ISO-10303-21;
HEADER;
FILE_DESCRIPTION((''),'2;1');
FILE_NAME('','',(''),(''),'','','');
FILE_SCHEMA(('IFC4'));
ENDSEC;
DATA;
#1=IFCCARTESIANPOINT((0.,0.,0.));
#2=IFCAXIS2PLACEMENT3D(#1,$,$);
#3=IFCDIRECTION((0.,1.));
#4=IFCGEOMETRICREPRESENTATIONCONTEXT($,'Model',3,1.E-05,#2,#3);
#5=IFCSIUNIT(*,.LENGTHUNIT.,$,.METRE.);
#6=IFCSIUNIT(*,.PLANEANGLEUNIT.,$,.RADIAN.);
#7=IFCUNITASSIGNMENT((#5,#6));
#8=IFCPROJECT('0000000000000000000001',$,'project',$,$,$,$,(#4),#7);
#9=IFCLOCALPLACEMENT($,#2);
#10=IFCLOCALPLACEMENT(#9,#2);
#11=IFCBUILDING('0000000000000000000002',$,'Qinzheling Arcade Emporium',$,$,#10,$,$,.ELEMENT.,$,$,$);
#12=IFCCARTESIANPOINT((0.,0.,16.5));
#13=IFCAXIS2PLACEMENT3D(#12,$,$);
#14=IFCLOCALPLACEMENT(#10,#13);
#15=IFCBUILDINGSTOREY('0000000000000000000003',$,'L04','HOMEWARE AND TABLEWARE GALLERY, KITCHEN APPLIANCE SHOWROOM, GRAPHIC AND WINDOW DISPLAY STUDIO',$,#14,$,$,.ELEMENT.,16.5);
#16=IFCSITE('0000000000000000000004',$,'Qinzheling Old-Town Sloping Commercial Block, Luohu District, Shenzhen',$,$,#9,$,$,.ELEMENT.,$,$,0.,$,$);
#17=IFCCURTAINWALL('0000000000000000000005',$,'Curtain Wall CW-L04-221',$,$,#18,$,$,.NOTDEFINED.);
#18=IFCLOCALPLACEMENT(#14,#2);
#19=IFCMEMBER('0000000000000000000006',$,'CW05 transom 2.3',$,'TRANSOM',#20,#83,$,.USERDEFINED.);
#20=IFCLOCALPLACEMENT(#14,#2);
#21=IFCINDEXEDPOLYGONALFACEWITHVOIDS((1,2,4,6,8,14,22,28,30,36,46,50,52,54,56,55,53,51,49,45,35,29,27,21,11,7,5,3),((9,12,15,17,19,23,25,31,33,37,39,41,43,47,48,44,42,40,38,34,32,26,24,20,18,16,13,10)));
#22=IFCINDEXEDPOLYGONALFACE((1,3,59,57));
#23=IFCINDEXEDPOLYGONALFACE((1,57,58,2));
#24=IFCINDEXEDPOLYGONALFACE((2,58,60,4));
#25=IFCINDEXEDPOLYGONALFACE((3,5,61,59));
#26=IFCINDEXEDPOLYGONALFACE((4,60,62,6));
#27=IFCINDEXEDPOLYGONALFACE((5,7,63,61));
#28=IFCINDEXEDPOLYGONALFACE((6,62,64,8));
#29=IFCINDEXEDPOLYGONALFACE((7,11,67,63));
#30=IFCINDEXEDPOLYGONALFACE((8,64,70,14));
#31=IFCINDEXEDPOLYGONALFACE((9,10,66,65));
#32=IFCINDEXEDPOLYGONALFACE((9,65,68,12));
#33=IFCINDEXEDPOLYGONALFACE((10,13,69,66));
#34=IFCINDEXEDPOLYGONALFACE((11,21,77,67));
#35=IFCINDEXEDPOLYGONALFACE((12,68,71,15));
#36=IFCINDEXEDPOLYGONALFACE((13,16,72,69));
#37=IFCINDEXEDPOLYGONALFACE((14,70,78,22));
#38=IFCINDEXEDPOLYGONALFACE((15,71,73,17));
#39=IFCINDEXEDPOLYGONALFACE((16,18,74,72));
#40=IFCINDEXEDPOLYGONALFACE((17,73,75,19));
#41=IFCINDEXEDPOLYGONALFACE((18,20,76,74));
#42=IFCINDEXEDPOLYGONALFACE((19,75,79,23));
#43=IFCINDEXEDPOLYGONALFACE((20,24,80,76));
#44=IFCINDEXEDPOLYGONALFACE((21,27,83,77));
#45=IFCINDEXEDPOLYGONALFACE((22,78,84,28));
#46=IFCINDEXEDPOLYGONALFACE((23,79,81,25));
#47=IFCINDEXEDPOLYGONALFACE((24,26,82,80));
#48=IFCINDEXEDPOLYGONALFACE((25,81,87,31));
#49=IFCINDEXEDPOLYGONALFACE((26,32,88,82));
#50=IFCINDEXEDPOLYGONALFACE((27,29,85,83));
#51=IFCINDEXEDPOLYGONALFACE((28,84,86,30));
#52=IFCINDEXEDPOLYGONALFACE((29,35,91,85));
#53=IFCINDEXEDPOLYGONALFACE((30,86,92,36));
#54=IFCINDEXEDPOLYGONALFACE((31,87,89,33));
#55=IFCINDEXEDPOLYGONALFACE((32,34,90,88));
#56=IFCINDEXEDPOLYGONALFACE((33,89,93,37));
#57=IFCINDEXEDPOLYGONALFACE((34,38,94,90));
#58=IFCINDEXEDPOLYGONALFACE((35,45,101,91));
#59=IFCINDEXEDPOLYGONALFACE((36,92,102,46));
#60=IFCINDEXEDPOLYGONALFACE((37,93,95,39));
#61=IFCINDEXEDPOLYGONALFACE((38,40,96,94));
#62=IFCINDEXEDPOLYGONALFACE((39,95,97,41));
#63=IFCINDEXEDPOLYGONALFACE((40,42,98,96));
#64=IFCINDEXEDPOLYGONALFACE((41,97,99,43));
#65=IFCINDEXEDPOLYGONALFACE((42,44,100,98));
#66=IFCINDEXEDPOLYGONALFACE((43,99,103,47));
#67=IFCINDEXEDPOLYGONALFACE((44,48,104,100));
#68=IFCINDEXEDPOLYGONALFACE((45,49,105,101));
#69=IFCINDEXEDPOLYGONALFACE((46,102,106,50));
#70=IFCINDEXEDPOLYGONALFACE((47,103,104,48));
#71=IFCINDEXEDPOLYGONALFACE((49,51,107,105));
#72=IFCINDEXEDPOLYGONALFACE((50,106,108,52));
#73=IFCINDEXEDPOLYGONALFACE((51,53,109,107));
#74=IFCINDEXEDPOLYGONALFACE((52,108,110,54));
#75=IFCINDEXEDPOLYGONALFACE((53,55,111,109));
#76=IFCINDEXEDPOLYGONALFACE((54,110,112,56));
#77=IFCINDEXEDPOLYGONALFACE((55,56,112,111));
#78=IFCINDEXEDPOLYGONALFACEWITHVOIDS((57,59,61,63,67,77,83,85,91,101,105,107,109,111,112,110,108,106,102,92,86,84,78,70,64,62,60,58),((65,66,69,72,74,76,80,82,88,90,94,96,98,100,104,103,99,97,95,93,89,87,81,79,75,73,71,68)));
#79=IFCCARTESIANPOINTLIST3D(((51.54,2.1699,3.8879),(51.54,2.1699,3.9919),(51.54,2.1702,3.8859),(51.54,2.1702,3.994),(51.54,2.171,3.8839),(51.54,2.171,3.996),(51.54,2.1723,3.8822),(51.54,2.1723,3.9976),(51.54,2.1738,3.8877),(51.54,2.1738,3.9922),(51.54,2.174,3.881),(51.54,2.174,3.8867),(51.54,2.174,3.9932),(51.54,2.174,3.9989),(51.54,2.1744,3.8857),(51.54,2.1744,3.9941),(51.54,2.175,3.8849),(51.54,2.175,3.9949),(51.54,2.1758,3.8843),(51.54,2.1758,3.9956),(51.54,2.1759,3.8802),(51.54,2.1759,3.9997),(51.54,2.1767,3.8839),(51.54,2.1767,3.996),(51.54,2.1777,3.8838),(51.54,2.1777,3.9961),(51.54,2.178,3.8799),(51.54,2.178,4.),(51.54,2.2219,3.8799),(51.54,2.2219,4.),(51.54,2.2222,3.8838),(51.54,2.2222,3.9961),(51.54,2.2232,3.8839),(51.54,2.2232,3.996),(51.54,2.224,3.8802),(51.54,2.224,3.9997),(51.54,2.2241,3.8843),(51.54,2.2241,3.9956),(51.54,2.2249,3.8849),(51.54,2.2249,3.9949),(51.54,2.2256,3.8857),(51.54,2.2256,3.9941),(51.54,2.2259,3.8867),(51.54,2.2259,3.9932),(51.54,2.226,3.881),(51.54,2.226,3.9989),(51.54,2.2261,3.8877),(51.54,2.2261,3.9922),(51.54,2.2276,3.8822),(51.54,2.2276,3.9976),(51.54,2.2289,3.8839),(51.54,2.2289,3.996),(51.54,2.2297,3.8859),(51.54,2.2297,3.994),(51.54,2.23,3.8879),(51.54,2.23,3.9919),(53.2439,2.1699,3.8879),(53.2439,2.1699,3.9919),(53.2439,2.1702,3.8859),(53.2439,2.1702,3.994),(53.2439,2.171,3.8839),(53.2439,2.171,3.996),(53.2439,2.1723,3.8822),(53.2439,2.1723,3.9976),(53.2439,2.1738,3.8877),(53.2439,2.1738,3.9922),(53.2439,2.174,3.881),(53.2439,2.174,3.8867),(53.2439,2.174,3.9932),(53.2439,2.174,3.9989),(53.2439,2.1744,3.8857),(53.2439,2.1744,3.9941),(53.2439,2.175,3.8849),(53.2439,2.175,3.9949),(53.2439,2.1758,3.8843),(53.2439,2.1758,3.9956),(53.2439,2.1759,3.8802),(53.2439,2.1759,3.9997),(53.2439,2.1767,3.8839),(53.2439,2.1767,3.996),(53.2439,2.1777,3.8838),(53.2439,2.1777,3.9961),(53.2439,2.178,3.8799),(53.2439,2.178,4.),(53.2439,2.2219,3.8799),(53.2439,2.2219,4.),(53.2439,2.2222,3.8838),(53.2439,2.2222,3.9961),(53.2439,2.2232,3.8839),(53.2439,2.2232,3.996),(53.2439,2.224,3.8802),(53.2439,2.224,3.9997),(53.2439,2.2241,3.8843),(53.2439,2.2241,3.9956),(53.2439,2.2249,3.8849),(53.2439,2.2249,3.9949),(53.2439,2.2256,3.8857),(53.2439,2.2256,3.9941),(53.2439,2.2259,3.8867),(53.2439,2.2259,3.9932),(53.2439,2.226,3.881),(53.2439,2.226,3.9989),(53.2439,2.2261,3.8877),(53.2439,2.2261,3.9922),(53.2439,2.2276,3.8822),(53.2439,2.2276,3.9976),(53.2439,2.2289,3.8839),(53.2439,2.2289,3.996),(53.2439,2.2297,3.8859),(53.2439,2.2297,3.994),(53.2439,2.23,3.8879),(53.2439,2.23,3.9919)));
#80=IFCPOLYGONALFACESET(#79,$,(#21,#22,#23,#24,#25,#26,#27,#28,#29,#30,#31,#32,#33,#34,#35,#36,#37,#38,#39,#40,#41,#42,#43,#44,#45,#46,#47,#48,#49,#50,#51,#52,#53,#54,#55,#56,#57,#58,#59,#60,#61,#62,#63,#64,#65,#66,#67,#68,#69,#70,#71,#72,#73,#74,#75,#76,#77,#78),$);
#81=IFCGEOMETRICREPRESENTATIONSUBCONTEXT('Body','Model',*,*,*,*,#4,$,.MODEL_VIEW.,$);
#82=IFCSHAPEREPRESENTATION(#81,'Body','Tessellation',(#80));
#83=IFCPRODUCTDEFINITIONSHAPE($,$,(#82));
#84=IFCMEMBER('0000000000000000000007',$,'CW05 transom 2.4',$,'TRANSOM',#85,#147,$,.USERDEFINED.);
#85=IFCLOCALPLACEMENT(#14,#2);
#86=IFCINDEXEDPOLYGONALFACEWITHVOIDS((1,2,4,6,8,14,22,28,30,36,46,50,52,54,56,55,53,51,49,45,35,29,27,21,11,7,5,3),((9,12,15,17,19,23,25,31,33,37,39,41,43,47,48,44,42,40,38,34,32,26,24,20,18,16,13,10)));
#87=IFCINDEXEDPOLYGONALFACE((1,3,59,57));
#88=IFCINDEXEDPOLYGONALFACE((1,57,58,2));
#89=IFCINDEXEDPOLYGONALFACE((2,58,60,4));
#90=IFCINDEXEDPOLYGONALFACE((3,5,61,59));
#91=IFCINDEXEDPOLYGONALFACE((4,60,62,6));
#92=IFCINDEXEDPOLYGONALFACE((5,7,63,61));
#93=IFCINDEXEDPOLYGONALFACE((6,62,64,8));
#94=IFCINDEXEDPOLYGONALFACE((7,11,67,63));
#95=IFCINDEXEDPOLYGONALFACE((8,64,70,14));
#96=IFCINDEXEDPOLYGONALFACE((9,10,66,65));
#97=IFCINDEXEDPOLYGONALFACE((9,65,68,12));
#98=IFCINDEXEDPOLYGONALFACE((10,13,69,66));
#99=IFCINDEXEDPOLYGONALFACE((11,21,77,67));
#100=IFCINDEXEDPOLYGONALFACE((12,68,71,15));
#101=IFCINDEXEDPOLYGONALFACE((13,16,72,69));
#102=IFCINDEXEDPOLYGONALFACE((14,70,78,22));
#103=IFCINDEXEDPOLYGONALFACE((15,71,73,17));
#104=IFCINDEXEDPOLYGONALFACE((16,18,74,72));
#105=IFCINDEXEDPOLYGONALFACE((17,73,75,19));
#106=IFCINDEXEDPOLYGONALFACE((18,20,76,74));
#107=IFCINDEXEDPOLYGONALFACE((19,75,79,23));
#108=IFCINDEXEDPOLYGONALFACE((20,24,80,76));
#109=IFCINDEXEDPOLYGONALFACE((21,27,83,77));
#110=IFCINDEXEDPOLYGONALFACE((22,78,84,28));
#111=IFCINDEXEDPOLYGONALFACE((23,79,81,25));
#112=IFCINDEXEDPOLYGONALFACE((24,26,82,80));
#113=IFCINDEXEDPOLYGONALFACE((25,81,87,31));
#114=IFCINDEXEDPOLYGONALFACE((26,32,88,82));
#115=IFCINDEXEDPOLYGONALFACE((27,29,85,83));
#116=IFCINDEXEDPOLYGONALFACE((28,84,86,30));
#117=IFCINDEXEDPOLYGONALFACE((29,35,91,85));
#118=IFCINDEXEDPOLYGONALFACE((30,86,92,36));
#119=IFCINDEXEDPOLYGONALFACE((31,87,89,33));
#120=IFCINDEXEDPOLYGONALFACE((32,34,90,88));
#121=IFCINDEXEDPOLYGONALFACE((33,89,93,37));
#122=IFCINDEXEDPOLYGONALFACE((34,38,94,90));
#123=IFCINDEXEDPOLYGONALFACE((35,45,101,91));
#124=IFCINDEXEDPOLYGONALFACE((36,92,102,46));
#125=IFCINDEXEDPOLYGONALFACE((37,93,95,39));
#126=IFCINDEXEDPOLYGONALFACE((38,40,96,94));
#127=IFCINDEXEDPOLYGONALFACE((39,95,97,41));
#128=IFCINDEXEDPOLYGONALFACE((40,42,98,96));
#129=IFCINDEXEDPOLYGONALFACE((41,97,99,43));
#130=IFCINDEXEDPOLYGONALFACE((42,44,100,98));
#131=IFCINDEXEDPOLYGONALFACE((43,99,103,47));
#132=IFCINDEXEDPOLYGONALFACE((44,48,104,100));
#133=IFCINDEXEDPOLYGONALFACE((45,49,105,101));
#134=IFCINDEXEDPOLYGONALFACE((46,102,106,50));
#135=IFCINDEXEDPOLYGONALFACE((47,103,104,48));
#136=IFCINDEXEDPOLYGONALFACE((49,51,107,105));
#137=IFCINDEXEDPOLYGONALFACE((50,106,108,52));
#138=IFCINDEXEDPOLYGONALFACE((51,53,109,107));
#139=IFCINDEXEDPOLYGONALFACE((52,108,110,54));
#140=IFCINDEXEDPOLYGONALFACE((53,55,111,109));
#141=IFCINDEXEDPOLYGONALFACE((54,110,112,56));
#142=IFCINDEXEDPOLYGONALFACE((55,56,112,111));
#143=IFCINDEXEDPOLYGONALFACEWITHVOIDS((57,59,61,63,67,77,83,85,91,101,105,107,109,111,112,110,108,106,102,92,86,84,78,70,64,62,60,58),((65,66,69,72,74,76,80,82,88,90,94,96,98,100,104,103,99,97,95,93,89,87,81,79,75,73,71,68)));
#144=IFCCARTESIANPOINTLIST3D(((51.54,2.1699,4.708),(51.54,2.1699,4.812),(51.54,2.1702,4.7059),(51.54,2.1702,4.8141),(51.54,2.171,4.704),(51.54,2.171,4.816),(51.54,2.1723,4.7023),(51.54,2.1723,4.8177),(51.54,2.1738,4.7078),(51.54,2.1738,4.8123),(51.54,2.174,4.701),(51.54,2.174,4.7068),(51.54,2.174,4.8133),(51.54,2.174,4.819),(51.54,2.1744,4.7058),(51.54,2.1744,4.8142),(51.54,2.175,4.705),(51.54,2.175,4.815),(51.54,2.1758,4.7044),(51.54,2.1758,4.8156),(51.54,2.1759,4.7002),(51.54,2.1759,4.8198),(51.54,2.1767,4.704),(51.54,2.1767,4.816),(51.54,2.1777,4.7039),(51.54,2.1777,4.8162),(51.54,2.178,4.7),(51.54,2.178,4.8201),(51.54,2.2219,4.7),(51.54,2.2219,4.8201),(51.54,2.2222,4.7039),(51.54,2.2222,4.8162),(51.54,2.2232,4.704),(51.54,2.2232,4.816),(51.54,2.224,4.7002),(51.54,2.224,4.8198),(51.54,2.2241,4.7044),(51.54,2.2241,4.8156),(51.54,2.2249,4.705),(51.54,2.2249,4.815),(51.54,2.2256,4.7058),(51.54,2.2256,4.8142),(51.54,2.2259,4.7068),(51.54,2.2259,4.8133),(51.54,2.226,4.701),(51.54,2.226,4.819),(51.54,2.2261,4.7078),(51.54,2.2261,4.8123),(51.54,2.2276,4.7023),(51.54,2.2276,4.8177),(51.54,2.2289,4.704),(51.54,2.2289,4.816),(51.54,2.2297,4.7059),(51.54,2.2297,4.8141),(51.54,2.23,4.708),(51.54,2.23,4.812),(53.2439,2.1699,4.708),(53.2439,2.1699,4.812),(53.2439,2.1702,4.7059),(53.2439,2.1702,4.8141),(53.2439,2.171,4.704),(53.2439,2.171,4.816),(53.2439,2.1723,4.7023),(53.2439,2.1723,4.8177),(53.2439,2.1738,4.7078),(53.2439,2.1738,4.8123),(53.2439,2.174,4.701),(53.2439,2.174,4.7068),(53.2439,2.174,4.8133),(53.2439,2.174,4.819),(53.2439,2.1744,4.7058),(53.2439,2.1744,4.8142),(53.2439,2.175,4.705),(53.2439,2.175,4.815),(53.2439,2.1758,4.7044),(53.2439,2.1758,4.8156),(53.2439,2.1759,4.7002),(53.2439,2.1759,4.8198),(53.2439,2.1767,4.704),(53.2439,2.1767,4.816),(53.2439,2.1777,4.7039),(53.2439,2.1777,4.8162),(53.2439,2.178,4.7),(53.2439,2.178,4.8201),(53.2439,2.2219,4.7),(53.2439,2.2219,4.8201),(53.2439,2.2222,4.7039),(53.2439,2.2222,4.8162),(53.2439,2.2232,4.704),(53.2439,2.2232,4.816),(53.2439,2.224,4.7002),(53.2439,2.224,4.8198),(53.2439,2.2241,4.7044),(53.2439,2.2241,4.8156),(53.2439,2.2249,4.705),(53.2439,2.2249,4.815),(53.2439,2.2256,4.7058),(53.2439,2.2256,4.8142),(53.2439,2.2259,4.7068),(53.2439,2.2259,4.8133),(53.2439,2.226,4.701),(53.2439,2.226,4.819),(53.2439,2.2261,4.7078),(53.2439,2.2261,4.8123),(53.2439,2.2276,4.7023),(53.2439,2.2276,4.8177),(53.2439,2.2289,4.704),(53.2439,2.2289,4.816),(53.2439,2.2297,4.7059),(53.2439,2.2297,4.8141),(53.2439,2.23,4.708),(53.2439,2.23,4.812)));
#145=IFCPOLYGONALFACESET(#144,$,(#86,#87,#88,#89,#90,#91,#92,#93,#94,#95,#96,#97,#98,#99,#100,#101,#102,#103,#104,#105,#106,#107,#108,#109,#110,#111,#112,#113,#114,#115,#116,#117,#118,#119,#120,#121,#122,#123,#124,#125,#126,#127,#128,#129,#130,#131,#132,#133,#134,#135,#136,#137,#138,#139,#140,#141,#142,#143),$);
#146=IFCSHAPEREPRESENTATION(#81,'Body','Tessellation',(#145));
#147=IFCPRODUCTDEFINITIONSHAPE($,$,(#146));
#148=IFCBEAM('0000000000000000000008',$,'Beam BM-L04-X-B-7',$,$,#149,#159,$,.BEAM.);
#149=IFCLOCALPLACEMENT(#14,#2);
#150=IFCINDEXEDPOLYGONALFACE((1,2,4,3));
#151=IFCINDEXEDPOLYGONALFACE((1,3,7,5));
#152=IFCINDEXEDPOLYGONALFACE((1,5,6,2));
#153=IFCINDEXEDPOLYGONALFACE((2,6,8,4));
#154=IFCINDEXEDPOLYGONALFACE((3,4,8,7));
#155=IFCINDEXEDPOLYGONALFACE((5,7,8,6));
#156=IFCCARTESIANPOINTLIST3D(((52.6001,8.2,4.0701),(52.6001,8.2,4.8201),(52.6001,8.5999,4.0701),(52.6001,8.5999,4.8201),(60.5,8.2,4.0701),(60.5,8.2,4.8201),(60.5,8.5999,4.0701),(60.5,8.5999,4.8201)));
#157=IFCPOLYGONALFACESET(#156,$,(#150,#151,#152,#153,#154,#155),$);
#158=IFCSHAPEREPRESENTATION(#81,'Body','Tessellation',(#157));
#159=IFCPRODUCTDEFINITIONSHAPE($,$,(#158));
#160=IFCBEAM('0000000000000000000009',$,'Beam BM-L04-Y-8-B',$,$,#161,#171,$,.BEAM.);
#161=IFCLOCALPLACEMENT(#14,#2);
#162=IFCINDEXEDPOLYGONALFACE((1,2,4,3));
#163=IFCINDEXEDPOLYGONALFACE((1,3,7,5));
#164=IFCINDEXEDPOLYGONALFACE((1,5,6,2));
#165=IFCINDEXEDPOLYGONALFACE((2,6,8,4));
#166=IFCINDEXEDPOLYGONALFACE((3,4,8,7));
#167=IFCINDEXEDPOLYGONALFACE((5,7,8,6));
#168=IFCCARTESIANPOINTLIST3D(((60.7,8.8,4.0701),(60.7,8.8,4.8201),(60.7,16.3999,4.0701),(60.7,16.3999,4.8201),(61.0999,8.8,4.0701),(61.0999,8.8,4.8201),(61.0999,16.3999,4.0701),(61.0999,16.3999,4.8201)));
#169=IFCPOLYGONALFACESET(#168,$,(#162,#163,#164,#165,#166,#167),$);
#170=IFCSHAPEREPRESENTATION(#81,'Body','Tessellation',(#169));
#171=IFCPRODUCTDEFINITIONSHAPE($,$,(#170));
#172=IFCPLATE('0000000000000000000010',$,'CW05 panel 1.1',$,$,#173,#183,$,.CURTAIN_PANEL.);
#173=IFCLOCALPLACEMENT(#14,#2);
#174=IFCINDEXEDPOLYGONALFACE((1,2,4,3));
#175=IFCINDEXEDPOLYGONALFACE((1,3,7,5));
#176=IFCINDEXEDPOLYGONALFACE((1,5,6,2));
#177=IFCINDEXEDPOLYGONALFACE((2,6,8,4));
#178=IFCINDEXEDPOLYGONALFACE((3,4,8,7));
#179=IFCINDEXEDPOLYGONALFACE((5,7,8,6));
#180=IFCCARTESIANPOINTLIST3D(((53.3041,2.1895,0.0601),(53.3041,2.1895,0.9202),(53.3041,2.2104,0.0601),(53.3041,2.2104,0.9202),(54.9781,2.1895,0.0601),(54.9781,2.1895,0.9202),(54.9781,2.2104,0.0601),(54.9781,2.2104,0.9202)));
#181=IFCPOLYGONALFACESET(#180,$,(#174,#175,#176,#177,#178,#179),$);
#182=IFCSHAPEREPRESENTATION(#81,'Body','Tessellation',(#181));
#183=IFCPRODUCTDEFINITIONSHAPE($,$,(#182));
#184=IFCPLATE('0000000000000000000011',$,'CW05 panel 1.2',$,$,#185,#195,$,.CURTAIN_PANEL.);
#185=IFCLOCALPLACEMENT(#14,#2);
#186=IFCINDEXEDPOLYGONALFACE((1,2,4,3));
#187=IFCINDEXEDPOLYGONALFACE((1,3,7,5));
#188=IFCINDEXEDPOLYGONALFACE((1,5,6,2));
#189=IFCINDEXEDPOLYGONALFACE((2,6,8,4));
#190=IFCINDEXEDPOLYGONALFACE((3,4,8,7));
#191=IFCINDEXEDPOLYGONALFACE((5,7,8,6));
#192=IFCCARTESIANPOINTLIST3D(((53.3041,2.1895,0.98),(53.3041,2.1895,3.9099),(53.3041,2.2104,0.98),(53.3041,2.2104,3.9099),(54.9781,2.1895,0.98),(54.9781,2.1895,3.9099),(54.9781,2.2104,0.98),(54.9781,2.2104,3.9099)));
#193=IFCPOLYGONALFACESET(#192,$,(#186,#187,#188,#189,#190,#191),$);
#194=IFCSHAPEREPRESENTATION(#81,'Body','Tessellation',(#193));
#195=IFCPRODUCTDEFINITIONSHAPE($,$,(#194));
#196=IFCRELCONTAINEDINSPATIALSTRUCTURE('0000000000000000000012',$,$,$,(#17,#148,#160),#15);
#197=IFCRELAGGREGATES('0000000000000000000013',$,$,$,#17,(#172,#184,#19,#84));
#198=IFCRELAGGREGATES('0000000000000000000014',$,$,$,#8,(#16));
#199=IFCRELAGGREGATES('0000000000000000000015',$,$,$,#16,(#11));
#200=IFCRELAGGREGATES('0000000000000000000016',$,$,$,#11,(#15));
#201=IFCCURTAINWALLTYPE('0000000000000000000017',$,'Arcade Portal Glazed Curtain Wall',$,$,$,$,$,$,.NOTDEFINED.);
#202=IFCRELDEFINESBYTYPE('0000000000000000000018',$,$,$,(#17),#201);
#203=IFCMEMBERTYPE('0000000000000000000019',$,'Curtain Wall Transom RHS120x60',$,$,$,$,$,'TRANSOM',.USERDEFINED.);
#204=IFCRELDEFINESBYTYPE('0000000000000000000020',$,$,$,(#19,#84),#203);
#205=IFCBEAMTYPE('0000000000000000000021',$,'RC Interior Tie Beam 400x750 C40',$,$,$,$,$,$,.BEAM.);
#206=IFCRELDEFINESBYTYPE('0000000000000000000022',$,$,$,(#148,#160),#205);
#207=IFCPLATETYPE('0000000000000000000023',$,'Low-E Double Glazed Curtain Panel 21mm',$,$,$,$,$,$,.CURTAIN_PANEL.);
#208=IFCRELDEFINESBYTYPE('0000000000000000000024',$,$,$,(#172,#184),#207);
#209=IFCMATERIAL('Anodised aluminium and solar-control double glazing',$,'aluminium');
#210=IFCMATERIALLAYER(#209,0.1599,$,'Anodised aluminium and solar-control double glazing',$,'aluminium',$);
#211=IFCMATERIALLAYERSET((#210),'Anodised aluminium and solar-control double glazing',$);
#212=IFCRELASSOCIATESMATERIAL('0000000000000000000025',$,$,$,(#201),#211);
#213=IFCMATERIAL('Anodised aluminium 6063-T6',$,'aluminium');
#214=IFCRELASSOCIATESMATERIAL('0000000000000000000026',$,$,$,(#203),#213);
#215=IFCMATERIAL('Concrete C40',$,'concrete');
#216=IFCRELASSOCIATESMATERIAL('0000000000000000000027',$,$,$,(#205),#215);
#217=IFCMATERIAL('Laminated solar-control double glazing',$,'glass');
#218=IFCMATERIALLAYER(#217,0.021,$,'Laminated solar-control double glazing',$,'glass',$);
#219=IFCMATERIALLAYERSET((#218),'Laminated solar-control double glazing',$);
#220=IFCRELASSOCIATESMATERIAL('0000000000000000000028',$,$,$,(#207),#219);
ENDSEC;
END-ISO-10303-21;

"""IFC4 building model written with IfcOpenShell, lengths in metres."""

from ifc_helpers import new_model, si_unit, direction, frame, origin, origin_2d, place, context, subcontext, project, spatial, rectangle, hollow_rectangle, extrude, material, layer, layer_set, material_profile, profile_set, type_object, element, aggregate, save


model = new_model("IFC4")

# Units and contexts
model_context = context("Model", 3, precision=1e-05, world=origin(), true_north=direction((0.0, 1.0)))
body_context = subcontext(model_context, "Body", "Model", "MODEL_VIEW")
ifc_project = project(units=[si_unit("LENGTHUNIT", "METRE"), si_unit("PLANEANGLEUNIT", "RADIAN")], contexts=[model_context])

# Site, building, storey
site_placement = place(None, origin())
site = spatial("IfcSite", under=ifc_project, at=site_placement, Name="Qinzheling Old-Town Sloping Commercial Block, Luohu District, Shenzhen", CompositionType="ELEMENT", RefElevation=0.0)
building_placement = place(site_placement, origin())
building = spatial("IfcBuilding", under=site, at=building_placement, Name="Qinzheling Arcade Emporium", CompositionType="ELEMENT")
storey_placement = place(building_placement, frame((0.0, 0.0, 16.5)))
storey = spatial("IfcBuildingStorey", under=building, at=storey_placement, Name="L04", Description="HOMEWARE AND TABLEWARE GALLERY, KITCHEN APPLIANCE SHOWROOM, GRAPHIC AND WINDOW DISPLAY STUDIO", CompositionType="ELEMENT", Elevation=16.5)

# Shared definitions
ifc_material_1 = material(Name="Concrete C40", Category="concrete")

# Curtain wall, members
ifc_material_2 = material(Name="Anodised aluminium and solar-control double glazing", Category="aluminium")
ifc_layer_1 = layer(ifc_material_2, 0.1599, Name="Anodised aluminium and solar-control double glazing", Category="aluminium")
ifc_layer_set_1 = layer_set([ifc_layer_1], Name="Anodised aluminium and solar-control double glazing")
curtain_wall_type = type_object("IfcCurtainWallType", Name="Arcade Portal Glazed Curtain Wall", PredefinedType="NOTDEFINED", material=ifc_layer_set_1)
curtain_wall_placement = place(storey_placement, origin())
curtain_wall = element("IfcCurtainWall", 1, at=curtain_wall_placement, inside=storey, type_object=curtain_wall_type, Name="Curtain Wall CW-L04-221", PredefinedType="NOTDEFINED")
ifc_material_3 = material(Name="Anodised aluminium 6063-T6", Category="aluminium")
ifc_material_profile_1 = material_profile(ifc_material_3, hollow_rectangle(XDim=0.0601, YDim=0.1201, WallThickness=0.0039, InnerFilletRadius=0.0039, OuterFilletRadius=0.0081, at=origin_2d()), Name="RHS 120x60x4", Category="aluminium")
ifc_profile_set_1 = profile_set([ifc_material_profile_1], Name="Anodised aluminium 6063-T6")
member_type_1 = type_object("IfcMemberType", Name="Curtain Wall Transom RHS120x60", ElementType="TRANSOM", PredefinedType="USERDEFINED", material=ifc_profile_set_1)
member_1_placement = place(storey_placement, frame((53.2439, 2.2, 3.9399), z_axis=(-1.0, 0.0, 0.0), x_axis=(0.0, -1.0, 0.0)))
member_1 = element("IfcMember", 2, at=member_1_placement, type_object=member_type_1, Name="CW05 transom 2.3", ObjectType="TRANSOM", PredefinedType="USERDEFINED", context=body_context, shape_type="SweptSolid", body=[
    extrude(hollow_rectangle(XDim=0.0601, YDim=0.1201, WallThickness=0.0039, InnerFilletRadius=0.0039, OuterFilletRadius=0.0081, at=origin_2d()), origin(), (0.0, 0.0, 1.0), 1.7039),
])
member_2_placement = place(storey_placement, frame((53.2439, 2.2, 4.76), z_axis=(-1.0, 0.0, 0.0), x_axis=(0.0, -1.0, 0.0)))
member_2 = element("IfcMember", 3, at=member_2_placement, type_object=member_type_1, Name="CW05 transom 2.4", ObjectType="TRANSOM", PredefinedType="USERDEFINED", context=body_context, shape_type="SweptSolid", body=[
    extrude(hollow_rectangle(XDim=0.0601, YDim=0.1201, WallThickness=0.0039, InnerFilletRadius=0.0039, OuterFilletRadius=0.0081, at=origin_2d()), origin(), (0.0, 0.0, 1.0), 1.7039),
])

# Beams
ifc_material_profile_2 = material_profile(ifc_material_1, rectangle(XDim=0.3999, YDim=0.75, at=origin_2d()), Name="RC 400x750", Category="concrete")
ifc_profile_set_2 = profile_set([ifc_material_profile_2], Name="Concrete C40")
beam_type = type_object("IfcBeamType", Name="RC Interior Tie Beam 400x750 C40", PredefinedType="BEAM", material=ifc_profile_set_2)
beam_1_placement = place(storey_placement, frame((52.6001, 8.3999, 4.4451), z_axis=(1.0, 0.0, 0.0), x_axis=(0.0, 1.0, 0.0)))
element("IfcBeam", 4, at=beam_1_placement, inside=storey, type_object=beam_type, Name="Beam BM-L04-X-B-7", PredefinedType="BEAM", context=body_context, shape_type="SweptSolid", body=[
    extrude(rectangle(XDim=0.3999, YDim=0.75, at=origin_2d()), origin(), (0.0, 0.0, 1.0), 7.8999),
])
beam_2_placement = place(storey_placement, frame((60.8999, 8.8, 4.4451), z_axis=(0.0, 1.0, 0.0), x_axis=(-1.0, 0.0, 0.0)))
element("IfcBeam", 5, at=beam_2_placement, inside=storey, type_object=beam_type, Name="Beam BM-L04-Y-8-B", PredefinedType="BEAM", context=body_context, shape_type="SweptSolid", body=[
    extrude(rectangle(XDim=0.3999, YDim=0.75, at=origin_2d()), origin(), (0.0, 0.0, 1.0), 7.5999),
])

# Plates
ifc_material_4 = material(Name="Laminated solar-control double glazing", Category="glass")
ifc_layer_2 = layer(ifc_material_4, 0.021, Name="Laminated solar-control double glazing", Category="glass")
ifc_layer_set_2 = layer_set([ifc_layer_2], Name="Laminated solar-control double glazing")
plate_type = type_object("IfcPlateType", Name="Low-E Double Glazed Curtain Panel 21mm", PredefinedType="CURTAIN_PANEL", material=ifc_layer_set_2)
plate_1_placement = place(storey_placement, frame((54.1411, 2.2, 0.0601), z_axis=(0.0, 0.0, 1.0), x_axis=(-1.0, 0.0, 0.0)))
plate_1 = element("IfcPlate", 6, at=plate_1_placement, type_object=plate_type, Name="CW05 panel 1.1", PredefinedType="CURTAIN_PANEL", context=body_context, shape_type="SweptSolid", body=[
    extrude(rectangle(XDim=1.6741, YDim=0.021, at=origin_2d()), origin(), (0.0, 0.0, 1.0), 0.8601),
])
plate_2_placement = place(storey_placement, frame((54.1411, 2.2, 0.98), z_axis=(0.0, 0.0, 1.0), x_axis=(-1.0, 0.0, 0.0)))
plate_2 = element("IfcPlate", 7, at=plate_2_placement, type_object=plate_type, Name="CW05 panel 1.2", PredefinedType="CURTAIN_PANEL", context=body_context, shape_type="SweptSolid", body=[
    extrude(rectangle(XDim=1.6741, YDim=0.021, at=origin_2d()), origin(), (0.0, 0.0, 1.0), 2.9299),
])
aggregate(curtain_wall, [plate_1, plate_2, member_1, member_2])

save(model, "model.ifc")
